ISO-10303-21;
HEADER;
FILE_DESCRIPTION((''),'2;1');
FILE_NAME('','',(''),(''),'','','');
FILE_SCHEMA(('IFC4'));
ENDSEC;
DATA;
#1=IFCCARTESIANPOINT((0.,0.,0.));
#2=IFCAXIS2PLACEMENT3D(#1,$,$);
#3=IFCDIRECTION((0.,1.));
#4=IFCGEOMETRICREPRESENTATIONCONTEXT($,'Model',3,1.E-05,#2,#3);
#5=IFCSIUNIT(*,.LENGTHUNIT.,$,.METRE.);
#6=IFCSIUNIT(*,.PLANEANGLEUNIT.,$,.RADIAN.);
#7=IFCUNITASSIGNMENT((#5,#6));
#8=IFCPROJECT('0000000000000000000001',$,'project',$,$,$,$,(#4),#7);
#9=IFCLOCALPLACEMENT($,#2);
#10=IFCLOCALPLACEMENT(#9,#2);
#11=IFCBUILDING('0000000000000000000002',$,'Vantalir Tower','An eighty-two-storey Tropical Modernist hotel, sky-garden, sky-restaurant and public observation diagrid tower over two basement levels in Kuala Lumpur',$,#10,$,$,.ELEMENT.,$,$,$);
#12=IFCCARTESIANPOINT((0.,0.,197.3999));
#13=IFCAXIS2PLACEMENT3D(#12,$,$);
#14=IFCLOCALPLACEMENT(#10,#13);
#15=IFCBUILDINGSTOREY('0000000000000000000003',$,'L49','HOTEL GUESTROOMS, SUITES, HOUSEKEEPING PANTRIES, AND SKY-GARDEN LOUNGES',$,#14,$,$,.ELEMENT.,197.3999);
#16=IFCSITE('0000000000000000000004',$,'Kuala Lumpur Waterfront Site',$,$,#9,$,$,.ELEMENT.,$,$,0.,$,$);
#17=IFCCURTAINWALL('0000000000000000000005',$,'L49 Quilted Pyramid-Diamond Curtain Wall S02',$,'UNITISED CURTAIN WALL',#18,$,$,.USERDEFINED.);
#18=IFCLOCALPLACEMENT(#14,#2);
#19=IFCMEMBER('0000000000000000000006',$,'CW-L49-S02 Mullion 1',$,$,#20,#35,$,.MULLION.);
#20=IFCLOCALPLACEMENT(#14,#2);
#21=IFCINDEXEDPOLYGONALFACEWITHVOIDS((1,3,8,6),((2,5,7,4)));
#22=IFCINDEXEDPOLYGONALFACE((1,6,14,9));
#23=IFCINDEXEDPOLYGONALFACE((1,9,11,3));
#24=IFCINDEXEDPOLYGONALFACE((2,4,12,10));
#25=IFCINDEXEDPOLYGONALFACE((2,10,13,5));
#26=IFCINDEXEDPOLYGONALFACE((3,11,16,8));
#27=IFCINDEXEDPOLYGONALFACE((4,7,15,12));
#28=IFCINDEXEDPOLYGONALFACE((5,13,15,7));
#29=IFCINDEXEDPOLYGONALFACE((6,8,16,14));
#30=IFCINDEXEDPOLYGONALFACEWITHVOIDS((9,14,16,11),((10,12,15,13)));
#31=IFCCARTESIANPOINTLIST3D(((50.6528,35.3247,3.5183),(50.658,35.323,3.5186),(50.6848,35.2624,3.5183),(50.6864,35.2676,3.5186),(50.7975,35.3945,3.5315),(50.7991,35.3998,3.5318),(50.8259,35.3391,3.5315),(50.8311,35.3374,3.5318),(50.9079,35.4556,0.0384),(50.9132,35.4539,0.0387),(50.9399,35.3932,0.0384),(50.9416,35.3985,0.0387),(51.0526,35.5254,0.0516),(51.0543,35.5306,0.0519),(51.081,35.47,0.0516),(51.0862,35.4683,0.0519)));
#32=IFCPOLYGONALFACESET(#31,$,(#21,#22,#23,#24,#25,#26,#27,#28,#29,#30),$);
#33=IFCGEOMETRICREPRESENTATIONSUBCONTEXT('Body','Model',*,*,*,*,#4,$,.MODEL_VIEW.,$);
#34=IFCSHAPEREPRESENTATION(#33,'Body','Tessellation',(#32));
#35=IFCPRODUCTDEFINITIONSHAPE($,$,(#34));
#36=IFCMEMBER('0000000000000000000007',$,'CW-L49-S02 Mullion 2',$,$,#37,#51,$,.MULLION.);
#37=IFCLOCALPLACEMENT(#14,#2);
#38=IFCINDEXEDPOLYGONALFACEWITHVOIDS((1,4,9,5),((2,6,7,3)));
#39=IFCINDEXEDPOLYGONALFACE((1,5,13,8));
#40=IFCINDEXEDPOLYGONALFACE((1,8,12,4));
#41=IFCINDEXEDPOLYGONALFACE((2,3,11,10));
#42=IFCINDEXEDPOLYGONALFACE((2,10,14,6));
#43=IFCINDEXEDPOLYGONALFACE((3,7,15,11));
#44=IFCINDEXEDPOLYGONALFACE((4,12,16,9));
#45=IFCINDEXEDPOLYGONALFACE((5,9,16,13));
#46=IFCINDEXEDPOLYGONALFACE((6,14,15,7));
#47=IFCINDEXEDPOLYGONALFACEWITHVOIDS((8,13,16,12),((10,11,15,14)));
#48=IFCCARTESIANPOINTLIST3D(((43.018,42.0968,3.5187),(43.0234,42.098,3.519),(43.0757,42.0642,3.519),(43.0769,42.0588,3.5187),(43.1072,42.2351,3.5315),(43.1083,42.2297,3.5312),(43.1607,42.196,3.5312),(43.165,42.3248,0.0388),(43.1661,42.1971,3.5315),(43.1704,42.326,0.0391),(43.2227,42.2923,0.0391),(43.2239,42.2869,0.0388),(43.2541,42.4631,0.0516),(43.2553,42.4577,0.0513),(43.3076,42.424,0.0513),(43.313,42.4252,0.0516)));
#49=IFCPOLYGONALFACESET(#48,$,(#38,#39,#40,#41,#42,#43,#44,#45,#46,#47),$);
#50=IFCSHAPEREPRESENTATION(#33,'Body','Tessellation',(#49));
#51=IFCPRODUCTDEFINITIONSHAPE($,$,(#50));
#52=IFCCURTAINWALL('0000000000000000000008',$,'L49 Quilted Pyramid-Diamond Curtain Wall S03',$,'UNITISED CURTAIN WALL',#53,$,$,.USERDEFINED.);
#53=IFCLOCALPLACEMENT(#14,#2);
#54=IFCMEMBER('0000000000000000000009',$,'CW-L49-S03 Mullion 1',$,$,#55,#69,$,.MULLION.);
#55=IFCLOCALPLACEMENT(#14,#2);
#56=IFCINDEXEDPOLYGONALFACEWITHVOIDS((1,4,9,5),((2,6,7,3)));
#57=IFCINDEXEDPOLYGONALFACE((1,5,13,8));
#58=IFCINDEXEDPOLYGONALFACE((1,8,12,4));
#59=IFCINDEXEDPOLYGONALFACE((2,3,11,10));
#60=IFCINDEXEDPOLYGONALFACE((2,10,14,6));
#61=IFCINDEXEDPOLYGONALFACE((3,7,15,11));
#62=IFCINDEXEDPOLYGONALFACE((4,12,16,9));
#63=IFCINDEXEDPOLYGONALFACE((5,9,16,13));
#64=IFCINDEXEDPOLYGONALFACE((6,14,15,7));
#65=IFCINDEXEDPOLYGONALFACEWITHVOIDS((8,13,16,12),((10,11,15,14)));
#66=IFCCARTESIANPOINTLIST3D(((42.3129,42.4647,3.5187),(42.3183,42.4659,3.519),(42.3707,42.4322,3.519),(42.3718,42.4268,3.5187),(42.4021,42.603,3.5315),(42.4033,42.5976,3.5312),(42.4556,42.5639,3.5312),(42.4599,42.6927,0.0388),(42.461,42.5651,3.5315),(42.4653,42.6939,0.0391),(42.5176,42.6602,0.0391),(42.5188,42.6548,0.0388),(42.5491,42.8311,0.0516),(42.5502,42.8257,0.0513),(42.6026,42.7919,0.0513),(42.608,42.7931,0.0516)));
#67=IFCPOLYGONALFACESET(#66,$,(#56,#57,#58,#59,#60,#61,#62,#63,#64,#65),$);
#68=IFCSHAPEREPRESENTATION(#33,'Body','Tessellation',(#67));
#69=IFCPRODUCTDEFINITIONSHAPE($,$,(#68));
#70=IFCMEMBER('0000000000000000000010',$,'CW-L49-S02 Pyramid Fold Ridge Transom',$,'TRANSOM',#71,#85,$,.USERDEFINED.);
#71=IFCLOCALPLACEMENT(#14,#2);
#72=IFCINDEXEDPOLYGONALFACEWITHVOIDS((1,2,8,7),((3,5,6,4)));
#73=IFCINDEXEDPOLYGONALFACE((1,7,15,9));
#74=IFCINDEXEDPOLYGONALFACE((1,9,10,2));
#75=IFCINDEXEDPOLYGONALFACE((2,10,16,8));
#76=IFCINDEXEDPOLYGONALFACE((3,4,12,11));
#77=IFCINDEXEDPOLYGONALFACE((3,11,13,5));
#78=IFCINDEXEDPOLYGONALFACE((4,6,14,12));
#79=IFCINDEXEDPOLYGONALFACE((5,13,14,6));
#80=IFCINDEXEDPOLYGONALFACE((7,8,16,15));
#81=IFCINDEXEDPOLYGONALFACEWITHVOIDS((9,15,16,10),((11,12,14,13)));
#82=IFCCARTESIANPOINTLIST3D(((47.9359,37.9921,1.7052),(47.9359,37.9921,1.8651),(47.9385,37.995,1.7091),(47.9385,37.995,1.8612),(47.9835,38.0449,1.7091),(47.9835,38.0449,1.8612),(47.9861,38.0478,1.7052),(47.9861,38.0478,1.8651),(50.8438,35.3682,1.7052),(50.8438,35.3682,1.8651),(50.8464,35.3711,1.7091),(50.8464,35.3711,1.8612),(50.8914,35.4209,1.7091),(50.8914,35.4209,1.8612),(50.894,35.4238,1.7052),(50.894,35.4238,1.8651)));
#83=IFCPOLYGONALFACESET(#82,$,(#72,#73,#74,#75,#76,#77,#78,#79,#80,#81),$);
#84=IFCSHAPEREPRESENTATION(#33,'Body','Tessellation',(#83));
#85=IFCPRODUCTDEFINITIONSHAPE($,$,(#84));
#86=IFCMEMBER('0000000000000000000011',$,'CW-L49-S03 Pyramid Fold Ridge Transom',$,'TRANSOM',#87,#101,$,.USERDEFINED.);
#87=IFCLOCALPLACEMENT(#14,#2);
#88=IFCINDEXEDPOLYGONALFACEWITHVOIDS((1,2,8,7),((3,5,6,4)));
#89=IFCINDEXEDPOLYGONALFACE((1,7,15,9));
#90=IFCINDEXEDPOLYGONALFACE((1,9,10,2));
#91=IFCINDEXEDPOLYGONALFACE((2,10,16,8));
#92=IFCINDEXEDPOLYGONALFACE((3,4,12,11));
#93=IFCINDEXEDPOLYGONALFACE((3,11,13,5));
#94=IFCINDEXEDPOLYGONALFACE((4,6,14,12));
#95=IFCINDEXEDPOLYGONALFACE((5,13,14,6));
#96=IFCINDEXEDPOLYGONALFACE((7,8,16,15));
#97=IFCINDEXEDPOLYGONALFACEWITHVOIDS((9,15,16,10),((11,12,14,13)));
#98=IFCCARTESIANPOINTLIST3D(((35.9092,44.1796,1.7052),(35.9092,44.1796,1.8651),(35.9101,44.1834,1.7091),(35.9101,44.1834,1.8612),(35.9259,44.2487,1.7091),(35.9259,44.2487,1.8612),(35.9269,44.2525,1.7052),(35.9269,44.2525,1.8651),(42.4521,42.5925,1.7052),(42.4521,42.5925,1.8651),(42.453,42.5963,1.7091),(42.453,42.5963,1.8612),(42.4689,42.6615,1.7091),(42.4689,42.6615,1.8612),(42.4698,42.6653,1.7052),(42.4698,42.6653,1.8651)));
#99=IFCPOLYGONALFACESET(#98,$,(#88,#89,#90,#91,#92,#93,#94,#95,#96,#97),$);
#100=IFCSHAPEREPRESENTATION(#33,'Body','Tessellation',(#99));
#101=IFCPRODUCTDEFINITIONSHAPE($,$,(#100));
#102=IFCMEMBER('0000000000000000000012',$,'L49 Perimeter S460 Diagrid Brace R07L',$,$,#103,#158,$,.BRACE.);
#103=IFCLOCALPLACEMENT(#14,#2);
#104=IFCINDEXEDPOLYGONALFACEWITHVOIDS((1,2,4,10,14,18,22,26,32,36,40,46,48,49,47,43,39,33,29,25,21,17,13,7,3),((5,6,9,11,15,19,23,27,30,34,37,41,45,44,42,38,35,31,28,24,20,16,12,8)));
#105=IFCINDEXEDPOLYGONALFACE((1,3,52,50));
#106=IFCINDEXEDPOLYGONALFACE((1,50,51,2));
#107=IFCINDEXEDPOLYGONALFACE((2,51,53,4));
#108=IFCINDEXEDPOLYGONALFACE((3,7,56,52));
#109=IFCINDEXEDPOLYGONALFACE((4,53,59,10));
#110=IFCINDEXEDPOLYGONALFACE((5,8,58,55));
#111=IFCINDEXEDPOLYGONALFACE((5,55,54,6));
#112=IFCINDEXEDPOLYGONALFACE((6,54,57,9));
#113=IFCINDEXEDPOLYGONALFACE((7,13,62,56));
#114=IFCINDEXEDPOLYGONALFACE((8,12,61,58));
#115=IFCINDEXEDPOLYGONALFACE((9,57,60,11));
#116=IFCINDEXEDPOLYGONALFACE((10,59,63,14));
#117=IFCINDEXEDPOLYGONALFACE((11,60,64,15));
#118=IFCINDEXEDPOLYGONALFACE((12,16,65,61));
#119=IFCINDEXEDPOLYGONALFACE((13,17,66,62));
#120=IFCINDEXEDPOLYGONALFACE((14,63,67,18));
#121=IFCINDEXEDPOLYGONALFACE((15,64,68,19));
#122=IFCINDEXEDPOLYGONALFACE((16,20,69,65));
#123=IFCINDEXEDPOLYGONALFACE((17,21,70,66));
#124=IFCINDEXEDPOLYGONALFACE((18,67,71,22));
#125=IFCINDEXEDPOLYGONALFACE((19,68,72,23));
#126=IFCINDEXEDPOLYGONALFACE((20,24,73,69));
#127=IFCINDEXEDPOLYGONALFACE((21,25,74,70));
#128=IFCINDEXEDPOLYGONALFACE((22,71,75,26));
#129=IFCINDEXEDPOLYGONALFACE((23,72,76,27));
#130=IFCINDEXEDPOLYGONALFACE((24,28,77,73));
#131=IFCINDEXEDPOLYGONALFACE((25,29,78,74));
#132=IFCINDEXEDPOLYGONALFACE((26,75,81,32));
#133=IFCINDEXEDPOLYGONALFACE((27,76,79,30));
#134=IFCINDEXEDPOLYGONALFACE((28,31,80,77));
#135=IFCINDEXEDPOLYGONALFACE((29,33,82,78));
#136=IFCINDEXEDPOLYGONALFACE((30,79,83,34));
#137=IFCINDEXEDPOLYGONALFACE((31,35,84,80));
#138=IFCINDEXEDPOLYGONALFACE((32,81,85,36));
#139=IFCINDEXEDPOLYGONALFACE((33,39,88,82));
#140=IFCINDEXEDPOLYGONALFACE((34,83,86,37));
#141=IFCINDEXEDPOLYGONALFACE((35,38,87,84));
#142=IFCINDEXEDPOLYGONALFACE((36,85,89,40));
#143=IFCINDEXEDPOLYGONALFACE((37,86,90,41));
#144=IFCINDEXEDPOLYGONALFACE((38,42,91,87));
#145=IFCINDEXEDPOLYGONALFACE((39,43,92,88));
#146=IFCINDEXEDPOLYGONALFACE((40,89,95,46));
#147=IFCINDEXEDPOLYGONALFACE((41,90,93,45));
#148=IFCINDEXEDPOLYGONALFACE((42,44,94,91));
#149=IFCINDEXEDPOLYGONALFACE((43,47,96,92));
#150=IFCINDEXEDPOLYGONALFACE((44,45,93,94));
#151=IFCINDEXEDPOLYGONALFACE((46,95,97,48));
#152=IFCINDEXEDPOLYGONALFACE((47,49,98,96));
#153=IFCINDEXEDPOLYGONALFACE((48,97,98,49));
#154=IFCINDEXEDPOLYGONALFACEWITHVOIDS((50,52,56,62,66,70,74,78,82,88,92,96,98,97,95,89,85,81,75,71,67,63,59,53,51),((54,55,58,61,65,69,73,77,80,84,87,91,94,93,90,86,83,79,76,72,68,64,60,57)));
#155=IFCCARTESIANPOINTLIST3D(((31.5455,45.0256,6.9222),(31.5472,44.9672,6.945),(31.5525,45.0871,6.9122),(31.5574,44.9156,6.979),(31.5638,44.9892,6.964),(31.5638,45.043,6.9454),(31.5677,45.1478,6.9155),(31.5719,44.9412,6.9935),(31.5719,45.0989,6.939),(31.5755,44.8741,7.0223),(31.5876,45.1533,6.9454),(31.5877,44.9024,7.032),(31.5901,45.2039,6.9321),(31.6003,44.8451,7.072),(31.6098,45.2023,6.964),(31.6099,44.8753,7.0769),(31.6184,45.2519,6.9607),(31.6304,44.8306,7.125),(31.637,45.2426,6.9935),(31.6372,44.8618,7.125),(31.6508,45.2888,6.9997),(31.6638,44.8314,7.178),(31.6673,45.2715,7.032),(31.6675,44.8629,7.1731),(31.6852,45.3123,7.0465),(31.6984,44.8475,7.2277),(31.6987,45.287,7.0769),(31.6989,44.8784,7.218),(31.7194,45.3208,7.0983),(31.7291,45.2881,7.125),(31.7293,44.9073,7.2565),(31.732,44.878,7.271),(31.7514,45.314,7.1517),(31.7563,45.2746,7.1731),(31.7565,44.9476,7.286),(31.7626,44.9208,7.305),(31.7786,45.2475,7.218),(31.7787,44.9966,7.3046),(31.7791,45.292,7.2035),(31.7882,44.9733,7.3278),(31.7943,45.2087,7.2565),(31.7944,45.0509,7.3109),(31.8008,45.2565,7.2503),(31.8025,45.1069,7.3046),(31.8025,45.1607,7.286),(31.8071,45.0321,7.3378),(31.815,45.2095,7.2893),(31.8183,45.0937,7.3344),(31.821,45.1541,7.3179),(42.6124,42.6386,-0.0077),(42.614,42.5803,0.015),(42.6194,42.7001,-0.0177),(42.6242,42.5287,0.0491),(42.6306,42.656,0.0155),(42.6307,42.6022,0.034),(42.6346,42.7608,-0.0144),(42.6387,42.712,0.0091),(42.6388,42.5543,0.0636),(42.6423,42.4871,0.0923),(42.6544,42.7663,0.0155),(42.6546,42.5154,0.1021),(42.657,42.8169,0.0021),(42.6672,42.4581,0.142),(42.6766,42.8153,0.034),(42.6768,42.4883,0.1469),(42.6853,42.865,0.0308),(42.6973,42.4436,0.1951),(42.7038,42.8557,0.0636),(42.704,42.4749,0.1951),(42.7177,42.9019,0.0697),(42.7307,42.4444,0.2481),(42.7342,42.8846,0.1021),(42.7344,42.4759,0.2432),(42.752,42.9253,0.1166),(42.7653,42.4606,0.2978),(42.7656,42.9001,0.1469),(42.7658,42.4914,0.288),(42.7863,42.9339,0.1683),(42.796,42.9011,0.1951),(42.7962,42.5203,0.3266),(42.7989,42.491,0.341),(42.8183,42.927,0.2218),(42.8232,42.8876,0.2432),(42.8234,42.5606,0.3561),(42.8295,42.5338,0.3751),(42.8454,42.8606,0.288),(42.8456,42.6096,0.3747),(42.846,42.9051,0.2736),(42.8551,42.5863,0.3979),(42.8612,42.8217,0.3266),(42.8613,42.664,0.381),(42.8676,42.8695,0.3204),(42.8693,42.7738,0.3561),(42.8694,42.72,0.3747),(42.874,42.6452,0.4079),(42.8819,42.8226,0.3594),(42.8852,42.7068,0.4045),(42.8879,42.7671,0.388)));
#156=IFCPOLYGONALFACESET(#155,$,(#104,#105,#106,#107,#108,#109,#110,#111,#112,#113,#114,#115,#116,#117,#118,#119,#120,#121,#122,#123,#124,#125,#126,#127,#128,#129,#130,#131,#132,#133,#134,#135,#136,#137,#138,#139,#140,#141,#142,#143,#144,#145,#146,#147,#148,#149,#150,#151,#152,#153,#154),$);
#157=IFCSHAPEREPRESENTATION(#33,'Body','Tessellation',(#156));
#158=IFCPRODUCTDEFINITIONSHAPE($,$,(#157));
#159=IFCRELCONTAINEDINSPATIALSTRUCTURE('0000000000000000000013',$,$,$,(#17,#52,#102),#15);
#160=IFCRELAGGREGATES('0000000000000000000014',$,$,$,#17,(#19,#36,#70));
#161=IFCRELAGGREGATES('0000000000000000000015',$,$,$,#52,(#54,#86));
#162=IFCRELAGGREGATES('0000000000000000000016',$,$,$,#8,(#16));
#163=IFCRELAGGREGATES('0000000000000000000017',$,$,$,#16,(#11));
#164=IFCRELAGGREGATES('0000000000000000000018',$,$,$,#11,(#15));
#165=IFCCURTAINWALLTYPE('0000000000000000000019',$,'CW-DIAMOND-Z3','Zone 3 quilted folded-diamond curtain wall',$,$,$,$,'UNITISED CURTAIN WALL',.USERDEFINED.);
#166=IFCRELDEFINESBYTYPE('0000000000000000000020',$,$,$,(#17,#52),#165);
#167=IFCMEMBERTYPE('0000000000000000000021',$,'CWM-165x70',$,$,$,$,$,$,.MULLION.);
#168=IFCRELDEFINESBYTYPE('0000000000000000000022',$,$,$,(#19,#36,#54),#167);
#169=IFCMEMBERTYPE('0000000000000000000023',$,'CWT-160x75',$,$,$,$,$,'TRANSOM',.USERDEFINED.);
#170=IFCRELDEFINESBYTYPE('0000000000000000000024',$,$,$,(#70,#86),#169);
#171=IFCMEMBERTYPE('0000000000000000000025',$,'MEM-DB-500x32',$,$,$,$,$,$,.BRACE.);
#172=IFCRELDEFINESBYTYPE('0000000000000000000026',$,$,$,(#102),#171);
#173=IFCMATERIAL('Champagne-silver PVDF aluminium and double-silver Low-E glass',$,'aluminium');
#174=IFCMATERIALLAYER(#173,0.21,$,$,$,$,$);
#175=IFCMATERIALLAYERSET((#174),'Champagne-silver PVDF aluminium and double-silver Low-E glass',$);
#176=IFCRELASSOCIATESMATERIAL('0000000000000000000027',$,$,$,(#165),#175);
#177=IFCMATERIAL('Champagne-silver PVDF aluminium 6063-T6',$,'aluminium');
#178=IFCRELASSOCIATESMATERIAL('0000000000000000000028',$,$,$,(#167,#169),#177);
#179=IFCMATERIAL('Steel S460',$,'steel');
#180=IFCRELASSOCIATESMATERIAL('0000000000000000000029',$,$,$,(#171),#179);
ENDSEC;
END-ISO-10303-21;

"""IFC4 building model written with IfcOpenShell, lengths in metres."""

from ifc_helpers import new_model, si_unit, direction, frame, origin, origin_2d, place, context, subcontext, project, spatial, hollow_rectangle, hollow_circle, extrude, material, layer, layer_set, material_profile, profile_set, type_object, element, aggregate, save


model = new_model("IFC4")

# Units and contexts
model_context = context("Model", 3, precision=1e-05, world=origin(), true_north=direction((0.0, 1.0)))
body_context = subcontext(model_context, "Body", "Model", "MODEL_VIEW")
ifc_project = project(units=[si_unit("LENGTHUNIT", "METRE"), si_unit("PLANEANGLEUNIT", "RADIAN")], contexts=[model_context])

# Site, building, storey
site_placement = place(None, origin())
site = spatial("IfcSite", under=ifc_project, at=site_placement, Name="Kuala Lumpur Waterfront Site", CompositionType="ELEMENT", RefElevation=0.0)
building_placement = place(site_placement, origin())
building = spatial("IfcBuilding", under=site, at=building_placement, Name="Vantalir Tower", Description="An eighty-two-storey Tropical Modernist hotel, sky-garden, sky-restaurant and public observation diagrid tower over two basement levels in Kuala Lumpur", CompositionType="ELEMENT")
storey_placement = place(building_placement, frame((0.0, 0.0, 197.3999)))
storey = spatial("IfcBuildingStorey", under=building, at=storey_placement, Name="L49", Description="HOTEL GUESTROOMS, SUITES, HOUSEKEEPING PANTRIES, AND SKY-GARDEN LOUNGES", CompositionType="ELEMENT", Elevation=197.3999)

# Shared definitions
ifc_material_1 = material(Name="Steel S460", Category="steel")

# Curtain wall, members
ifc_material_2 = material(Name="Champagne-silver PVDF aluminium and double-silver Low-E glass", Category="aluminium")
ifc_layer_1 = layer(ifc_material_2, 0.21)
ifc_layer_set_1 = layer_set([ifc_layer_1], Name="Champagne-silver PVDF aluminium and double-silver Low-E glass")
curtain_wall_type = type_object("IfcCurtainWallType", Name="CW-DIAMOND-Z3", Description="Zone 3 quilted folded-diamond curtain wall", ElementType="UNITISED CURTAIN WALL", PredefinedType="USERDEFINED", material=ifc_layer_set_1)
curtain_wall_1_placement = place(storey_placement, origin())
curtain_wall_1 = element("IfcCurtainWall", 1, at=curtain_wall_1_placement, inside=storey, type_object=curtain_wall_type, Name="L49 Quilted Pyramid-Diamond Curtain Wall S02", ObjectType="UNITISED CURTAIN WALL", PredefinedType="USERDEFINED")
ifc_material_3 = material(Name="Champagne-silver PVDF aluminium 6063-T6", Category="aluminium")
ifc_material_profile_1 = material_profile(ifc_material_3, hollow_rectangle(XDim=0.0701, YDim=0.165, WallThickness=0.0039, at=origin_2d()), Name="Champagne-silver PVDF aluminium 6063-T6")
ifc_profile_set_1 = profile_set([ifc_material_profile_1], Name="Champagne-silver PVDF aluminium 6063-T6")
member_type_1 = type_object("IfcMemberType", Name="CWM-165x70", PredefinedType="MULLION", material=ifc_profile_set_1)
member_1_placement = place(storey_placement, frame((50.9971, 35.4619, 0.0452), z_axis=(-0.073065, -0.037476, 0.996623), x_axis=(0.456386, -0.889782, 0.0)))
member_1 = element("IfcMember", 2, at=member_1_placement, type_object=member_type_1, Name="CW-L49-S02 Mullion 1", PredefinedType="MULLION", context=body_context, shape_type="SweptSolid", body=[
    extrude(hollow_rectangle(XDim=0.0701, YDim=0.165, WallThickness=0.0039, at=origin_2d()), origin(), (0.0, 0.0, 1.0), 3.4917),
])
member_2_placement = place(storey_placement, frame((43.239, 42.375, 0.0452), z_axis=(-0.042106, -0.065327, 0.996975), x_axis=(0.840535, -0.541758, 0.0)))
member_2 = element("IfcMember", 3, at=member_2_placement, type_object=member_type_1, Name="CW-L49-S02 Mullion 2", PredefinedType="MULLION", context=body_context, shape_type="SweptSolid", body=[
    extrude(hollow_rectangle(XDim=0.0701, YDim=0.165, WallThickness=0.0039, at=origin_2d()), origin(), (0.0, 0.0, 1.0), 3.4905),
])

# Curtain wall, member
curtain_wall_2_placement = place(storey_placement, origin())
curtain_wall_2 = element("IfcCurtainWall", 4, at=curtain_wall_2_placement, inside=storey, type_object=curtain_wall_type, Name="L49 Quilted Pyramid-Diamond Curtain Wall S03", ObjectType="UNITISED CURTAIN WALL", PredefinedType="USERDEFINED")
member_3_placement = place(storey_placement, frame((42.5339, 42.7429, 0.0452), z_axis=(-0.042106, -0.065327, 0.996975), x_axis=(0.840535, -0.541758, 0.0)))
member_3 = element("IfcMember", 5, at=member_3_placement, type_object=member_type_1, Name="CW-L49-S03 Mullion 1", PredefinedType="MULLION", context=body_context, shape_type="SweptSolid", body=[
    extrude(hollow_rectangle(XDim=0.0701, YDim=0.165, WallThickness=0.0039, at=origin_2d()), origin(), (0.0, 0.0, 1.0), 3.4905),
])

# Members
ifc_material_profile_2 = material_profile(ifc_material_3, hollow_rectangle(XDim=0.075, YDim=0.1599, WallThickness=0.0039, at=origin_2d()), Name="Champagne-silver PVDF aluminium 6063-T6")
ifc_profile_set_2 = profile_set([ifc_material_profile_2], Name="Champagne-silver PVDF aluminium 6063-T6")
member_type_2 = type_object("IfcMemberType", Name="CWT-160x75", ElementType="TRANSOM", PredefinedType="USERDEFINED", material=ifc_profile_set_2)
member_4_placement = place(storey_placement, frame((50.8689, 35.396, 1.7852), z_axis=(-0.742423, 0.669932, 0.0), x_axis=(-0.669932, -0.742423, 0.0)))
member_4 = element("IfcMember", 6, at=member_4_placement, type_object=member_type_2, Name="CW-L49-S02 Pyramid Fold Ridge Transom", ObjectType="TRANSOM", PredefinedType="USERDEFINED", context=body_context, shape_type="SweptSolid", body=[
    extrude(hollow_rectangle(XDim=0.075, YDim=0.1599, WallThickness=0.0039, at=origin_2d()), origin(), (0.0, 0.0, 1.0), 3.9167),
])
member_5_placement = place(storey_placement, frame((42.4609, 42.6289, 1.7852), z_axis=(-0.971817, 0.235738, 0.0), x_axis=(-0.235738, -0.971817, 0.0)))
member_5 = element("IfcMember", 7, at=member_5_placement, type_object=member_type_2, Name="CW-L49-S03 Pyramid Fold Ridge Transom", ObjectType="TRANSOM", PredefinedType="USERDEFINED", context=body_context, shape_type="SweptSolid", body=[
    extrude(hollow_rectangle(XDim=0.075, YDim=0.1599, WallThickness=0.0039, at=origin_2d()), origin(), (0.0, 0.0, 1.0), 6.7327),
])

# Member
ifc_material_profile_3 = material_profile(ifc_material_1, hollow_circle(Radius=0.25, WallThickness=0.032, at=origin_2d()), Name="Steel S460")
ifc_profile_set_3 = profile_set([ifc_material_profile_3], Name="Steel S460")
member_type_3 = type_object("IfcMemberType", Name="MEM-DB-500x32", PredefinedType="BRACE", material=ifc_profile_set_3)
member_6_placement = place(storey_placement, frame((42.75, 42.688, 0.1951), z_axis=(-0.83373, 0.179823, 0.52207), x_axis=(-0.210837, -0.977521, 0.0)))
element("IfcMember", 8, at=member_6_placement, inside=storey, type_object=member_type_3, Name="L49 Perimeter S460 Diagrid Brace R07L", PredefinedType="BRACE", context=body_context, shape_type="SweptSolid", body=[
    extrude(hollow_circle(Radius=0.25, WallThickness=0.032, at=origin_2d()), origin(), (0.0, 0.0, 1.0), 13.2739),
])

aggregate(curtain_wall_1, [member_1, member_2, member_4])
aggregate(curtain_wall_2, [member_3, member_5])

save(model, "model.ifc")
